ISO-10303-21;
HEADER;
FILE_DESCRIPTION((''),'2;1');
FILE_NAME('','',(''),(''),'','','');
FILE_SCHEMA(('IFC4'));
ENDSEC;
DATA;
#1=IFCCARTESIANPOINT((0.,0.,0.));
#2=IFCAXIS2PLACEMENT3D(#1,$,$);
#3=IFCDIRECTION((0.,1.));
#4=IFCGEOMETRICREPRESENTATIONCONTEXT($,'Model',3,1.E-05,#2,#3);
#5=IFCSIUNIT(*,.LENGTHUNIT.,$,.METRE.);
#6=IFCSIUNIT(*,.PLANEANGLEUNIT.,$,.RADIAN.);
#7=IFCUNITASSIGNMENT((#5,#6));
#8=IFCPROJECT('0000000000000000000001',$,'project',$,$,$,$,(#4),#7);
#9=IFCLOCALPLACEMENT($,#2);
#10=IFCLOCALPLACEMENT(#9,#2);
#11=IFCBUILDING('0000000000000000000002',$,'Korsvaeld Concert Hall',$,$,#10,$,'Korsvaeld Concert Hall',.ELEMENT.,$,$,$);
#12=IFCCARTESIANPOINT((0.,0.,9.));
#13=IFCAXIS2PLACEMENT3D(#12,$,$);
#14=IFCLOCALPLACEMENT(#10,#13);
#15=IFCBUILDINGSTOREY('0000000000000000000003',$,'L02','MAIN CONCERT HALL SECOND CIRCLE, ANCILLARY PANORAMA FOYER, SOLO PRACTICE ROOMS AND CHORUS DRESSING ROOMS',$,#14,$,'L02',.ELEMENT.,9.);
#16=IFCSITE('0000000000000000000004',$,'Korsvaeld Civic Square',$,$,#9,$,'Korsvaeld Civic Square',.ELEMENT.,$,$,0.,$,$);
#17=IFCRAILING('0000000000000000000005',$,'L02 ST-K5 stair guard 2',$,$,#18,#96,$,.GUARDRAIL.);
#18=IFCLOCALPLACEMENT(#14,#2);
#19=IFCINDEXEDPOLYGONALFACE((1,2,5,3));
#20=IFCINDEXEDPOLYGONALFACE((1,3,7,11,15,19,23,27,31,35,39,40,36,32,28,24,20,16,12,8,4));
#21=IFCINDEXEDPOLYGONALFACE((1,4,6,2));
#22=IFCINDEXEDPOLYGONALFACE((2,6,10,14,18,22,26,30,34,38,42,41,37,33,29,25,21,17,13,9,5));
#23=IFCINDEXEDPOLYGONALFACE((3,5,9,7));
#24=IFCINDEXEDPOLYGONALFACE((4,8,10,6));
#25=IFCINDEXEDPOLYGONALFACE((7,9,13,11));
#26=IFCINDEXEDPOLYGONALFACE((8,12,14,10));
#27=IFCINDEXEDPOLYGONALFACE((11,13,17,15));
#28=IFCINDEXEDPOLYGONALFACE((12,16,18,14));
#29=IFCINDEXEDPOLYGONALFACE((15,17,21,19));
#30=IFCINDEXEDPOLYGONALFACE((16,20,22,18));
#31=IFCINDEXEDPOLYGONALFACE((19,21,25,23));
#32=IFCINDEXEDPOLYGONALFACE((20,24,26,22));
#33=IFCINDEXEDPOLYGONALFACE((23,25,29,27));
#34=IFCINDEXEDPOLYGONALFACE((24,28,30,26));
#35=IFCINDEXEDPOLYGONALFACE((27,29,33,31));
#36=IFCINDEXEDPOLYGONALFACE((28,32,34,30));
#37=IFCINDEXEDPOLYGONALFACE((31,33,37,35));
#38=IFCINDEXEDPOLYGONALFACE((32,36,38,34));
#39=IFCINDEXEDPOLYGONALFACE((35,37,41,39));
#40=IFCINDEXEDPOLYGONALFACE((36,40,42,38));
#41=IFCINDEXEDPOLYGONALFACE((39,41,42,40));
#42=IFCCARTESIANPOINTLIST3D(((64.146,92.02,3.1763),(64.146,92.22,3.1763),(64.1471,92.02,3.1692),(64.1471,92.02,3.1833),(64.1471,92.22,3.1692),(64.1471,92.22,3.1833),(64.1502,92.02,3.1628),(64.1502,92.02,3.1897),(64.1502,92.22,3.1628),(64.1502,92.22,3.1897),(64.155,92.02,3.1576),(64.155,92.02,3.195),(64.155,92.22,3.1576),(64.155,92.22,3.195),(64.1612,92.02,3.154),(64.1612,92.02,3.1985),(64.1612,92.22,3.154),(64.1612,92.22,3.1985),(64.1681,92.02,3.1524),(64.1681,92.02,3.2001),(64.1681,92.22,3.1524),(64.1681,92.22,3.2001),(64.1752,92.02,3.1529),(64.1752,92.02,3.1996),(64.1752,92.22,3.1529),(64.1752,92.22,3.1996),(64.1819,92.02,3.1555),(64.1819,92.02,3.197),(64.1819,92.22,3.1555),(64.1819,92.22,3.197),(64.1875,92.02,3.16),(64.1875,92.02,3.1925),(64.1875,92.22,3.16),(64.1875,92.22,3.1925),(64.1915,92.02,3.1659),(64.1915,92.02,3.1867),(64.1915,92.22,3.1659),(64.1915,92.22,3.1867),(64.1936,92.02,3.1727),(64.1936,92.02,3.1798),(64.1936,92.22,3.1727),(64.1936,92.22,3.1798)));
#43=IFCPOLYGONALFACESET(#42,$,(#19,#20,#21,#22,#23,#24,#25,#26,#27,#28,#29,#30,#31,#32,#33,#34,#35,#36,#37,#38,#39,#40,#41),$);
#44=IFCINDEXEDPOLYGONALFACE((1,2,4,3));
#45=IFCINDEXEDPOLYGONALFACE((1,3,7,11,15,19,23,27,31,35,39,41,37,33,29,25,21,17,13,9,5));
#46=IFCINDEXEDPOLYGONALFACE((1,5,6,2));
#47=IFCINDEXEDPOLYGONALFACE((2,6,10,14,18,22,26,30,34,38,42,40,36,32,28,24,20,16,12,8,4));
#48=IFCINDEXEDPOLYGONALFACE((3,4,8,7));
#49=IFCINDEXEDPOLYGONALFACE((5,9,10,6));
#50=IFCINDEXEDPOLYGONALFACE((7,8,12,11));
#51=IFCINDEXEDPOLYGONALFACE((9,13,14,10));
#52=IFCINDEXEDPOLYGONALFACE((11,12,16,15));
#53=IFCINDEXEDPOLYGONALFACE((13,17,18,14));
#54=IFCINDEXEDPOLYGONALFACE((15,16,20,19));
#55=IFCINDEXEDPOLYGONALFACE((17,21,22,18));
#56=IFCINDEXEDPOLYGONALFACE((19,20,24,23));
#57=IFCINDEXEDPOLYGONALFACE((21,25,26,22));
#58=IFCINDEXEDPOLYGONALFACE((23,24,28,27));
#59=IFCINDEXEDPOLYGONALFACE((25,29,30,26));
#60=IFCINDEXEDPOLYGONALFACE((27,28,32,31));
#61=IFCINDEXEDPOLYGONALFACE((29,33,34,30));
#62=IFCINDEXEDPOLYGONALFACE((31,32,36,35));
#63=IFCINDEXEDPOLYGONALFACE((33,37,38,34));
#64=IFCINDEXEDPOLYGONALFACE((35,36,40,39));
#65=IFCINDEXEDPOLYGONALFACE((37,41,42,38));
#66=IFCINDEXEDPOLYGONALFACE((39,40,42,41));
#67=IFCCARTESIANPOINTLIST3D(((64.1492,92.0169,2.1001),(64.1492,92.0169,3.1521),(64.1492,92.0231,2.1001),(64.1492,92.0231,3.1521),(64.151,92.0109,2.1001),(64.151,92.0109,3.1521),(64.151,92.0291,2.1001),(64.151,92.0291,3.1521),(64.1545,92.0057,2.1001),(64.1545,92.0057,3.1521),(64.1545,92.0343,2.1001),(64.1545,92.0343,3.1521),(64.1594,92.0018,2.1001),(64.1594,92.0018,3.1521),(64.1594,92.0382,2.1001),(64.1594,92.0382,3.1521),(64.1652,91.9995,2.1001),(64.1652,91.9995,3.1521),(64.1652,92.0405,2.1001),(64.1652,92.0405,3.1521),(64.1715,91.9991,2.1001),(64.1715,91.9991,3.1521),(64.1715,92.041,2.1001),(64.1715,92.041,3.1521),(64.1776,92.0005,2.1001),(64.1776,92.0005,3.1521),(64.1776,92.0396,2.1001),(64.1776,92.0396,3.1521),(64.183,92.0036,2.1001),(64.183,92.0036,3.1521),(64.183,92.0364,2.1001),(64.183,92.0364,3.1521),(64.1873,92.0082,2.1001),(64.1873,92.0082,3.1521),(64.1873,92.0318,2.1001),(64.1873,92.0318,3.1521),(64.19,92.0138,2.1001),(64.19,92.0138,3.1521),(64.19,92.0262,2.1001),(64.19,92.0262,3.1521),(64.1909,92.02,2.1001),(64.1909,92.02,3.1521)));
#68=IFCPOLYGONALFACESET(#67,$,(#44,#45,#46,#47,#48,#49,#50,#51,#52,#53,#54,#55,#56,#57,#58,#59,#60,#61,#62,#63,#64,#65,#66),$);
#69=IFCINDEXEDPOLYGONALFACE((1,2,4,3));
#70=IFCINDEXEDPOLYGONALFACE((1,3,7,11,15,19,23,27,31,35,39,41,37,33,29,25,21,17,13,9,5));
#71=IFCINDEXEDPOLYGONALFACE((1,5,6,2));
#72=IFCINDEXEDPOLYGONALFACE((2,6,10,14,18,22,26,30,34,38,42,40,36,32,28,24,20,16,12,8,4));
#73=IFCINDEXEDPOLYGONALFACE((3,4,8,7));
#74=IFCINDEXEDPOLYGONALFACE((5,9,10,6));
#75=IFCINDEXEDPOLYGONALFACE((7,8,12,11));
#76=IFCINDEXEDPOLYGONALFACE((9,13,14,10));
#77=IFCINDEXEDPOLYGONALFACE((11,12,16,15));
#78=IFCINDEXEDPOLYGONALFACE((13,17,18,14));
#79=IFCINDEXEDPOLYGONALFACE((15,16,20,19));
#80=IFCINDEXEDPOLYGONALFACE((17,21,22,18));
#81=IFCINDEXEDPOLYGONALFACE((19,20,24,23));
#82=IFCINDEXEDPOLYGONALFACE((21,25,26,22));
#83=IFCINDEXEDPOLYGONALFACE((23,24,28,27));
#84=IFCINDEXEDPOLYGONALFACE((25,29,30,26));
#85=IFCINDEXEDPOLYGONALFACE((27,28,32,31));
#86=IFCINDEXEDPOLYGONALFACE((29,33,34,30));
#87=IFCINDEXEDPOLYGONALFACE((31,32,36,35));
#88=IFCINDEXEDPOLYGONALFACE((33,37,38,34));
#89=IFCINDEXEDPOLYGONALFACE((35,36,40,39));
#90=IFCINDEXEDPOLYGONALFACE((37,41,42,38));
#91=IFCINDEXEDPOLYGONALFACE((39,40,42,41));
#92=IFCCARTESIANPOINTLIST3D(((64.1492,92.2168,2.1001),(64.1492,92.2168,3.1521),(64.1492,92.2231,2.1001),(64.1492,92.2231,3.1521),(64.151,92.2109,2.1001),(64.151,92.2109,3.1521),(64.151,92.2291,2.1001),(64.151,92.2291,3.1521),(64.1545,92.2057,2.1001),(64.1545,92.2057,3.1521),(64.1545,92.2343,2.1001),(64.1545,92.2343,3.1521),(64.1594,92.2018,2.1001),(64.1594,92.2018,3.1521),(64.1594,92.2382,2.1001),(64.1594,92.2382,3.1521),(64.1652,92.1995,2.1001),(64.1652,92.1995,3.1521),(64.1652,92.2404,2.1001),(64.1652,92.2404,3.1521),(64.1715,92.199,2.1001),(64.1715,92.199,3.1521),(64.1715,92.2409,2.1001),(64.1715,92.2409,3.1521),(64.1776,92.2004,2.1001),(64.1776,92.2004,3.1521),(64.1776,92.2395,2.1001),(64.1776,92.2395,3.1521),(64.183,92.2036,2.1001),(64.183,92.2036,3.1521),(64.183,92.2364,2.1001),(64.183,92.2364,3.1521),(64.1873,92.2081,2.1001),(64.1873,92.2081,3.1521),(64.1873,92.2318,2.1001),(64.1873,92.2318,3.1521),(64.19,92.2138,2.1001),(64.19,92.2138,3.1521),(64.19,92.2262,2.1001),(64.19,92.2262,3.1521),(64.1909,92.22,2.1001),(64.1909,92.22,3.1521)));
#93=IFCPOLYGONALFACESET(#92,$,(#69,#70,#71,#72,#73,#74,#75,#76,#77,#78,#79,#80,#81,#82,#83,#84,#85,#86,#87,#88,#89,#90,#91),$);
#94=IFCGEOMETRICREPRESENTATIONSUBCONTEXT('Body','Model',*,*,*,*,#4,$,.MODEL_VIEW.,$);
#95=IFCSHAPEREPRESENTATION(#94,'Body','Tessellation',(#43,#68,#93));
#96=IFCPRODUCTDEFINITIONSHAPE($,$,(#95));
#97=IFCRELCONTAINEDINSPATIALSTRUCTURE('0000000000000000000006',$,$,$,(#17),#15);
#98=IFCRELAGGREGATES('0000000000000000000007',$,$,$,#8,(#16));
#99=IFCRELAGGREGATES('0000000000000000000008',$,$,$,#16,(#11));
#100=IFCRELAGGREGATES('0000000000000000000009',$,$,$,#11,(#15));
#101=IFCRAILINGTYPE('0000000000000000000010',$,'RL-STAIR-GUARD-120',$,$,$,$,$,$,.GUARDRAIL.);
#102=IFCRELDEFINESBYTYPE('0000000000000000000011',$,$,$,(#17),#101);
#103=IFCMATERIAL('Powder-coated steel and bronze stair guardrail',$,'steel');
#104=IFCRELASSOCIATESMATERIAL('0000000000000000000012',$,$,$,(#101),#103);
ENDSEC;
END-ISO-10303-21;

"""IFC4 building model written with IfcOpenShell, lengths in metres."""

from ifc_helpers import new_model, si_unit, direction, frame, origin, origin_2d, place, context, subcontext, project, spatial, circle, extrude, material, type_object, element, save


model = new_model("IFC4")

# Units and contexts
model_context = context("Model", 3, precision=1e-05, world=origin(), true_north=direction((0.0, 1.0)))
body_context = subcontext(model_context, "Body", "Model", "MODEL_VIEW")
ifc_project = project(units=[si_unit("LENGTHUNIT", "METRE"), si_unit("PLANEANGLEUNIT", "RADIAN")], contexts=[model_context])

# Site, building, storey
site_placement = place(None, origin())
site = spatial("IfcSite", under=ifc_project, at=site_placement, Name="Korsvaeld Civic Square", LongName="Korsvaeld Civic Square", CompositionType="ELEMENT", RefElevation=0.0)
building_placement = place(site_placement, origin())
building = spatial("IfcBuilding", under=site, at=building_placement, Name="Korsvaeld Concert Hall", LongName="Korsvaeld Concert Hall", CompositionType="ELEMENT")
storey_placement = place(building_placement, frame((0.0, 0.0, 9.0)))
storey = spatial("IfcBuildingStorey", under=building, at=storey_placement, Name="L02", Description="MAIN CONCERT HALL SECOND CIRCLE, ANCILLARY PANORAMA FOYER, SOLO PRACTICE ROOMS AND CHORUS DRESSING ROOMS", LongName="L02", CompositionType="ELEMENT", Elevation=9.0)

# Railing
ifc_material_1 = material(Name="Powder-coated steel and bronze stair guardrail", Category="steel")
railing_type_1 = type_object("IfcRailingType", Name="RL-STAIR-GUARD-120", PredefinedType="GUARDRAIL", material=ifc_material_1)
railing_1_placement = place(storey_placement, frame((64.1699, 92.02, 2.1001)))
element("IfcRailing", 1, at=railing_1_placement, inside=storey, type_object=railing_type_1, Name="L02 ST-K5 stair guard 2", PredefinedType="GUARDRAIL", context=body_context, shape_type="SweptSolid", body=[
    extrude(circle(Radius=0.0239, at=origin_2d()), frame((0.0, 0.0, 1.0762), z_axis=(0.0, 1.0, 0.0), x_axis=(-1.0, 0.0, 0.0)), (0.0, 0.0, 1.0), 0.2),
    extrude(circle(Radius=0.021, at=origin_2d()), origin(), (0.0, 0.0, 1.0), 1.052),
    extrude(circle(Radius=0.021, at=origin_2d()), frame((0.0, 0.2, 0.0)), (0.0, 0.0, 1.0), 1.052),
])

save(model, "model.ifc")
